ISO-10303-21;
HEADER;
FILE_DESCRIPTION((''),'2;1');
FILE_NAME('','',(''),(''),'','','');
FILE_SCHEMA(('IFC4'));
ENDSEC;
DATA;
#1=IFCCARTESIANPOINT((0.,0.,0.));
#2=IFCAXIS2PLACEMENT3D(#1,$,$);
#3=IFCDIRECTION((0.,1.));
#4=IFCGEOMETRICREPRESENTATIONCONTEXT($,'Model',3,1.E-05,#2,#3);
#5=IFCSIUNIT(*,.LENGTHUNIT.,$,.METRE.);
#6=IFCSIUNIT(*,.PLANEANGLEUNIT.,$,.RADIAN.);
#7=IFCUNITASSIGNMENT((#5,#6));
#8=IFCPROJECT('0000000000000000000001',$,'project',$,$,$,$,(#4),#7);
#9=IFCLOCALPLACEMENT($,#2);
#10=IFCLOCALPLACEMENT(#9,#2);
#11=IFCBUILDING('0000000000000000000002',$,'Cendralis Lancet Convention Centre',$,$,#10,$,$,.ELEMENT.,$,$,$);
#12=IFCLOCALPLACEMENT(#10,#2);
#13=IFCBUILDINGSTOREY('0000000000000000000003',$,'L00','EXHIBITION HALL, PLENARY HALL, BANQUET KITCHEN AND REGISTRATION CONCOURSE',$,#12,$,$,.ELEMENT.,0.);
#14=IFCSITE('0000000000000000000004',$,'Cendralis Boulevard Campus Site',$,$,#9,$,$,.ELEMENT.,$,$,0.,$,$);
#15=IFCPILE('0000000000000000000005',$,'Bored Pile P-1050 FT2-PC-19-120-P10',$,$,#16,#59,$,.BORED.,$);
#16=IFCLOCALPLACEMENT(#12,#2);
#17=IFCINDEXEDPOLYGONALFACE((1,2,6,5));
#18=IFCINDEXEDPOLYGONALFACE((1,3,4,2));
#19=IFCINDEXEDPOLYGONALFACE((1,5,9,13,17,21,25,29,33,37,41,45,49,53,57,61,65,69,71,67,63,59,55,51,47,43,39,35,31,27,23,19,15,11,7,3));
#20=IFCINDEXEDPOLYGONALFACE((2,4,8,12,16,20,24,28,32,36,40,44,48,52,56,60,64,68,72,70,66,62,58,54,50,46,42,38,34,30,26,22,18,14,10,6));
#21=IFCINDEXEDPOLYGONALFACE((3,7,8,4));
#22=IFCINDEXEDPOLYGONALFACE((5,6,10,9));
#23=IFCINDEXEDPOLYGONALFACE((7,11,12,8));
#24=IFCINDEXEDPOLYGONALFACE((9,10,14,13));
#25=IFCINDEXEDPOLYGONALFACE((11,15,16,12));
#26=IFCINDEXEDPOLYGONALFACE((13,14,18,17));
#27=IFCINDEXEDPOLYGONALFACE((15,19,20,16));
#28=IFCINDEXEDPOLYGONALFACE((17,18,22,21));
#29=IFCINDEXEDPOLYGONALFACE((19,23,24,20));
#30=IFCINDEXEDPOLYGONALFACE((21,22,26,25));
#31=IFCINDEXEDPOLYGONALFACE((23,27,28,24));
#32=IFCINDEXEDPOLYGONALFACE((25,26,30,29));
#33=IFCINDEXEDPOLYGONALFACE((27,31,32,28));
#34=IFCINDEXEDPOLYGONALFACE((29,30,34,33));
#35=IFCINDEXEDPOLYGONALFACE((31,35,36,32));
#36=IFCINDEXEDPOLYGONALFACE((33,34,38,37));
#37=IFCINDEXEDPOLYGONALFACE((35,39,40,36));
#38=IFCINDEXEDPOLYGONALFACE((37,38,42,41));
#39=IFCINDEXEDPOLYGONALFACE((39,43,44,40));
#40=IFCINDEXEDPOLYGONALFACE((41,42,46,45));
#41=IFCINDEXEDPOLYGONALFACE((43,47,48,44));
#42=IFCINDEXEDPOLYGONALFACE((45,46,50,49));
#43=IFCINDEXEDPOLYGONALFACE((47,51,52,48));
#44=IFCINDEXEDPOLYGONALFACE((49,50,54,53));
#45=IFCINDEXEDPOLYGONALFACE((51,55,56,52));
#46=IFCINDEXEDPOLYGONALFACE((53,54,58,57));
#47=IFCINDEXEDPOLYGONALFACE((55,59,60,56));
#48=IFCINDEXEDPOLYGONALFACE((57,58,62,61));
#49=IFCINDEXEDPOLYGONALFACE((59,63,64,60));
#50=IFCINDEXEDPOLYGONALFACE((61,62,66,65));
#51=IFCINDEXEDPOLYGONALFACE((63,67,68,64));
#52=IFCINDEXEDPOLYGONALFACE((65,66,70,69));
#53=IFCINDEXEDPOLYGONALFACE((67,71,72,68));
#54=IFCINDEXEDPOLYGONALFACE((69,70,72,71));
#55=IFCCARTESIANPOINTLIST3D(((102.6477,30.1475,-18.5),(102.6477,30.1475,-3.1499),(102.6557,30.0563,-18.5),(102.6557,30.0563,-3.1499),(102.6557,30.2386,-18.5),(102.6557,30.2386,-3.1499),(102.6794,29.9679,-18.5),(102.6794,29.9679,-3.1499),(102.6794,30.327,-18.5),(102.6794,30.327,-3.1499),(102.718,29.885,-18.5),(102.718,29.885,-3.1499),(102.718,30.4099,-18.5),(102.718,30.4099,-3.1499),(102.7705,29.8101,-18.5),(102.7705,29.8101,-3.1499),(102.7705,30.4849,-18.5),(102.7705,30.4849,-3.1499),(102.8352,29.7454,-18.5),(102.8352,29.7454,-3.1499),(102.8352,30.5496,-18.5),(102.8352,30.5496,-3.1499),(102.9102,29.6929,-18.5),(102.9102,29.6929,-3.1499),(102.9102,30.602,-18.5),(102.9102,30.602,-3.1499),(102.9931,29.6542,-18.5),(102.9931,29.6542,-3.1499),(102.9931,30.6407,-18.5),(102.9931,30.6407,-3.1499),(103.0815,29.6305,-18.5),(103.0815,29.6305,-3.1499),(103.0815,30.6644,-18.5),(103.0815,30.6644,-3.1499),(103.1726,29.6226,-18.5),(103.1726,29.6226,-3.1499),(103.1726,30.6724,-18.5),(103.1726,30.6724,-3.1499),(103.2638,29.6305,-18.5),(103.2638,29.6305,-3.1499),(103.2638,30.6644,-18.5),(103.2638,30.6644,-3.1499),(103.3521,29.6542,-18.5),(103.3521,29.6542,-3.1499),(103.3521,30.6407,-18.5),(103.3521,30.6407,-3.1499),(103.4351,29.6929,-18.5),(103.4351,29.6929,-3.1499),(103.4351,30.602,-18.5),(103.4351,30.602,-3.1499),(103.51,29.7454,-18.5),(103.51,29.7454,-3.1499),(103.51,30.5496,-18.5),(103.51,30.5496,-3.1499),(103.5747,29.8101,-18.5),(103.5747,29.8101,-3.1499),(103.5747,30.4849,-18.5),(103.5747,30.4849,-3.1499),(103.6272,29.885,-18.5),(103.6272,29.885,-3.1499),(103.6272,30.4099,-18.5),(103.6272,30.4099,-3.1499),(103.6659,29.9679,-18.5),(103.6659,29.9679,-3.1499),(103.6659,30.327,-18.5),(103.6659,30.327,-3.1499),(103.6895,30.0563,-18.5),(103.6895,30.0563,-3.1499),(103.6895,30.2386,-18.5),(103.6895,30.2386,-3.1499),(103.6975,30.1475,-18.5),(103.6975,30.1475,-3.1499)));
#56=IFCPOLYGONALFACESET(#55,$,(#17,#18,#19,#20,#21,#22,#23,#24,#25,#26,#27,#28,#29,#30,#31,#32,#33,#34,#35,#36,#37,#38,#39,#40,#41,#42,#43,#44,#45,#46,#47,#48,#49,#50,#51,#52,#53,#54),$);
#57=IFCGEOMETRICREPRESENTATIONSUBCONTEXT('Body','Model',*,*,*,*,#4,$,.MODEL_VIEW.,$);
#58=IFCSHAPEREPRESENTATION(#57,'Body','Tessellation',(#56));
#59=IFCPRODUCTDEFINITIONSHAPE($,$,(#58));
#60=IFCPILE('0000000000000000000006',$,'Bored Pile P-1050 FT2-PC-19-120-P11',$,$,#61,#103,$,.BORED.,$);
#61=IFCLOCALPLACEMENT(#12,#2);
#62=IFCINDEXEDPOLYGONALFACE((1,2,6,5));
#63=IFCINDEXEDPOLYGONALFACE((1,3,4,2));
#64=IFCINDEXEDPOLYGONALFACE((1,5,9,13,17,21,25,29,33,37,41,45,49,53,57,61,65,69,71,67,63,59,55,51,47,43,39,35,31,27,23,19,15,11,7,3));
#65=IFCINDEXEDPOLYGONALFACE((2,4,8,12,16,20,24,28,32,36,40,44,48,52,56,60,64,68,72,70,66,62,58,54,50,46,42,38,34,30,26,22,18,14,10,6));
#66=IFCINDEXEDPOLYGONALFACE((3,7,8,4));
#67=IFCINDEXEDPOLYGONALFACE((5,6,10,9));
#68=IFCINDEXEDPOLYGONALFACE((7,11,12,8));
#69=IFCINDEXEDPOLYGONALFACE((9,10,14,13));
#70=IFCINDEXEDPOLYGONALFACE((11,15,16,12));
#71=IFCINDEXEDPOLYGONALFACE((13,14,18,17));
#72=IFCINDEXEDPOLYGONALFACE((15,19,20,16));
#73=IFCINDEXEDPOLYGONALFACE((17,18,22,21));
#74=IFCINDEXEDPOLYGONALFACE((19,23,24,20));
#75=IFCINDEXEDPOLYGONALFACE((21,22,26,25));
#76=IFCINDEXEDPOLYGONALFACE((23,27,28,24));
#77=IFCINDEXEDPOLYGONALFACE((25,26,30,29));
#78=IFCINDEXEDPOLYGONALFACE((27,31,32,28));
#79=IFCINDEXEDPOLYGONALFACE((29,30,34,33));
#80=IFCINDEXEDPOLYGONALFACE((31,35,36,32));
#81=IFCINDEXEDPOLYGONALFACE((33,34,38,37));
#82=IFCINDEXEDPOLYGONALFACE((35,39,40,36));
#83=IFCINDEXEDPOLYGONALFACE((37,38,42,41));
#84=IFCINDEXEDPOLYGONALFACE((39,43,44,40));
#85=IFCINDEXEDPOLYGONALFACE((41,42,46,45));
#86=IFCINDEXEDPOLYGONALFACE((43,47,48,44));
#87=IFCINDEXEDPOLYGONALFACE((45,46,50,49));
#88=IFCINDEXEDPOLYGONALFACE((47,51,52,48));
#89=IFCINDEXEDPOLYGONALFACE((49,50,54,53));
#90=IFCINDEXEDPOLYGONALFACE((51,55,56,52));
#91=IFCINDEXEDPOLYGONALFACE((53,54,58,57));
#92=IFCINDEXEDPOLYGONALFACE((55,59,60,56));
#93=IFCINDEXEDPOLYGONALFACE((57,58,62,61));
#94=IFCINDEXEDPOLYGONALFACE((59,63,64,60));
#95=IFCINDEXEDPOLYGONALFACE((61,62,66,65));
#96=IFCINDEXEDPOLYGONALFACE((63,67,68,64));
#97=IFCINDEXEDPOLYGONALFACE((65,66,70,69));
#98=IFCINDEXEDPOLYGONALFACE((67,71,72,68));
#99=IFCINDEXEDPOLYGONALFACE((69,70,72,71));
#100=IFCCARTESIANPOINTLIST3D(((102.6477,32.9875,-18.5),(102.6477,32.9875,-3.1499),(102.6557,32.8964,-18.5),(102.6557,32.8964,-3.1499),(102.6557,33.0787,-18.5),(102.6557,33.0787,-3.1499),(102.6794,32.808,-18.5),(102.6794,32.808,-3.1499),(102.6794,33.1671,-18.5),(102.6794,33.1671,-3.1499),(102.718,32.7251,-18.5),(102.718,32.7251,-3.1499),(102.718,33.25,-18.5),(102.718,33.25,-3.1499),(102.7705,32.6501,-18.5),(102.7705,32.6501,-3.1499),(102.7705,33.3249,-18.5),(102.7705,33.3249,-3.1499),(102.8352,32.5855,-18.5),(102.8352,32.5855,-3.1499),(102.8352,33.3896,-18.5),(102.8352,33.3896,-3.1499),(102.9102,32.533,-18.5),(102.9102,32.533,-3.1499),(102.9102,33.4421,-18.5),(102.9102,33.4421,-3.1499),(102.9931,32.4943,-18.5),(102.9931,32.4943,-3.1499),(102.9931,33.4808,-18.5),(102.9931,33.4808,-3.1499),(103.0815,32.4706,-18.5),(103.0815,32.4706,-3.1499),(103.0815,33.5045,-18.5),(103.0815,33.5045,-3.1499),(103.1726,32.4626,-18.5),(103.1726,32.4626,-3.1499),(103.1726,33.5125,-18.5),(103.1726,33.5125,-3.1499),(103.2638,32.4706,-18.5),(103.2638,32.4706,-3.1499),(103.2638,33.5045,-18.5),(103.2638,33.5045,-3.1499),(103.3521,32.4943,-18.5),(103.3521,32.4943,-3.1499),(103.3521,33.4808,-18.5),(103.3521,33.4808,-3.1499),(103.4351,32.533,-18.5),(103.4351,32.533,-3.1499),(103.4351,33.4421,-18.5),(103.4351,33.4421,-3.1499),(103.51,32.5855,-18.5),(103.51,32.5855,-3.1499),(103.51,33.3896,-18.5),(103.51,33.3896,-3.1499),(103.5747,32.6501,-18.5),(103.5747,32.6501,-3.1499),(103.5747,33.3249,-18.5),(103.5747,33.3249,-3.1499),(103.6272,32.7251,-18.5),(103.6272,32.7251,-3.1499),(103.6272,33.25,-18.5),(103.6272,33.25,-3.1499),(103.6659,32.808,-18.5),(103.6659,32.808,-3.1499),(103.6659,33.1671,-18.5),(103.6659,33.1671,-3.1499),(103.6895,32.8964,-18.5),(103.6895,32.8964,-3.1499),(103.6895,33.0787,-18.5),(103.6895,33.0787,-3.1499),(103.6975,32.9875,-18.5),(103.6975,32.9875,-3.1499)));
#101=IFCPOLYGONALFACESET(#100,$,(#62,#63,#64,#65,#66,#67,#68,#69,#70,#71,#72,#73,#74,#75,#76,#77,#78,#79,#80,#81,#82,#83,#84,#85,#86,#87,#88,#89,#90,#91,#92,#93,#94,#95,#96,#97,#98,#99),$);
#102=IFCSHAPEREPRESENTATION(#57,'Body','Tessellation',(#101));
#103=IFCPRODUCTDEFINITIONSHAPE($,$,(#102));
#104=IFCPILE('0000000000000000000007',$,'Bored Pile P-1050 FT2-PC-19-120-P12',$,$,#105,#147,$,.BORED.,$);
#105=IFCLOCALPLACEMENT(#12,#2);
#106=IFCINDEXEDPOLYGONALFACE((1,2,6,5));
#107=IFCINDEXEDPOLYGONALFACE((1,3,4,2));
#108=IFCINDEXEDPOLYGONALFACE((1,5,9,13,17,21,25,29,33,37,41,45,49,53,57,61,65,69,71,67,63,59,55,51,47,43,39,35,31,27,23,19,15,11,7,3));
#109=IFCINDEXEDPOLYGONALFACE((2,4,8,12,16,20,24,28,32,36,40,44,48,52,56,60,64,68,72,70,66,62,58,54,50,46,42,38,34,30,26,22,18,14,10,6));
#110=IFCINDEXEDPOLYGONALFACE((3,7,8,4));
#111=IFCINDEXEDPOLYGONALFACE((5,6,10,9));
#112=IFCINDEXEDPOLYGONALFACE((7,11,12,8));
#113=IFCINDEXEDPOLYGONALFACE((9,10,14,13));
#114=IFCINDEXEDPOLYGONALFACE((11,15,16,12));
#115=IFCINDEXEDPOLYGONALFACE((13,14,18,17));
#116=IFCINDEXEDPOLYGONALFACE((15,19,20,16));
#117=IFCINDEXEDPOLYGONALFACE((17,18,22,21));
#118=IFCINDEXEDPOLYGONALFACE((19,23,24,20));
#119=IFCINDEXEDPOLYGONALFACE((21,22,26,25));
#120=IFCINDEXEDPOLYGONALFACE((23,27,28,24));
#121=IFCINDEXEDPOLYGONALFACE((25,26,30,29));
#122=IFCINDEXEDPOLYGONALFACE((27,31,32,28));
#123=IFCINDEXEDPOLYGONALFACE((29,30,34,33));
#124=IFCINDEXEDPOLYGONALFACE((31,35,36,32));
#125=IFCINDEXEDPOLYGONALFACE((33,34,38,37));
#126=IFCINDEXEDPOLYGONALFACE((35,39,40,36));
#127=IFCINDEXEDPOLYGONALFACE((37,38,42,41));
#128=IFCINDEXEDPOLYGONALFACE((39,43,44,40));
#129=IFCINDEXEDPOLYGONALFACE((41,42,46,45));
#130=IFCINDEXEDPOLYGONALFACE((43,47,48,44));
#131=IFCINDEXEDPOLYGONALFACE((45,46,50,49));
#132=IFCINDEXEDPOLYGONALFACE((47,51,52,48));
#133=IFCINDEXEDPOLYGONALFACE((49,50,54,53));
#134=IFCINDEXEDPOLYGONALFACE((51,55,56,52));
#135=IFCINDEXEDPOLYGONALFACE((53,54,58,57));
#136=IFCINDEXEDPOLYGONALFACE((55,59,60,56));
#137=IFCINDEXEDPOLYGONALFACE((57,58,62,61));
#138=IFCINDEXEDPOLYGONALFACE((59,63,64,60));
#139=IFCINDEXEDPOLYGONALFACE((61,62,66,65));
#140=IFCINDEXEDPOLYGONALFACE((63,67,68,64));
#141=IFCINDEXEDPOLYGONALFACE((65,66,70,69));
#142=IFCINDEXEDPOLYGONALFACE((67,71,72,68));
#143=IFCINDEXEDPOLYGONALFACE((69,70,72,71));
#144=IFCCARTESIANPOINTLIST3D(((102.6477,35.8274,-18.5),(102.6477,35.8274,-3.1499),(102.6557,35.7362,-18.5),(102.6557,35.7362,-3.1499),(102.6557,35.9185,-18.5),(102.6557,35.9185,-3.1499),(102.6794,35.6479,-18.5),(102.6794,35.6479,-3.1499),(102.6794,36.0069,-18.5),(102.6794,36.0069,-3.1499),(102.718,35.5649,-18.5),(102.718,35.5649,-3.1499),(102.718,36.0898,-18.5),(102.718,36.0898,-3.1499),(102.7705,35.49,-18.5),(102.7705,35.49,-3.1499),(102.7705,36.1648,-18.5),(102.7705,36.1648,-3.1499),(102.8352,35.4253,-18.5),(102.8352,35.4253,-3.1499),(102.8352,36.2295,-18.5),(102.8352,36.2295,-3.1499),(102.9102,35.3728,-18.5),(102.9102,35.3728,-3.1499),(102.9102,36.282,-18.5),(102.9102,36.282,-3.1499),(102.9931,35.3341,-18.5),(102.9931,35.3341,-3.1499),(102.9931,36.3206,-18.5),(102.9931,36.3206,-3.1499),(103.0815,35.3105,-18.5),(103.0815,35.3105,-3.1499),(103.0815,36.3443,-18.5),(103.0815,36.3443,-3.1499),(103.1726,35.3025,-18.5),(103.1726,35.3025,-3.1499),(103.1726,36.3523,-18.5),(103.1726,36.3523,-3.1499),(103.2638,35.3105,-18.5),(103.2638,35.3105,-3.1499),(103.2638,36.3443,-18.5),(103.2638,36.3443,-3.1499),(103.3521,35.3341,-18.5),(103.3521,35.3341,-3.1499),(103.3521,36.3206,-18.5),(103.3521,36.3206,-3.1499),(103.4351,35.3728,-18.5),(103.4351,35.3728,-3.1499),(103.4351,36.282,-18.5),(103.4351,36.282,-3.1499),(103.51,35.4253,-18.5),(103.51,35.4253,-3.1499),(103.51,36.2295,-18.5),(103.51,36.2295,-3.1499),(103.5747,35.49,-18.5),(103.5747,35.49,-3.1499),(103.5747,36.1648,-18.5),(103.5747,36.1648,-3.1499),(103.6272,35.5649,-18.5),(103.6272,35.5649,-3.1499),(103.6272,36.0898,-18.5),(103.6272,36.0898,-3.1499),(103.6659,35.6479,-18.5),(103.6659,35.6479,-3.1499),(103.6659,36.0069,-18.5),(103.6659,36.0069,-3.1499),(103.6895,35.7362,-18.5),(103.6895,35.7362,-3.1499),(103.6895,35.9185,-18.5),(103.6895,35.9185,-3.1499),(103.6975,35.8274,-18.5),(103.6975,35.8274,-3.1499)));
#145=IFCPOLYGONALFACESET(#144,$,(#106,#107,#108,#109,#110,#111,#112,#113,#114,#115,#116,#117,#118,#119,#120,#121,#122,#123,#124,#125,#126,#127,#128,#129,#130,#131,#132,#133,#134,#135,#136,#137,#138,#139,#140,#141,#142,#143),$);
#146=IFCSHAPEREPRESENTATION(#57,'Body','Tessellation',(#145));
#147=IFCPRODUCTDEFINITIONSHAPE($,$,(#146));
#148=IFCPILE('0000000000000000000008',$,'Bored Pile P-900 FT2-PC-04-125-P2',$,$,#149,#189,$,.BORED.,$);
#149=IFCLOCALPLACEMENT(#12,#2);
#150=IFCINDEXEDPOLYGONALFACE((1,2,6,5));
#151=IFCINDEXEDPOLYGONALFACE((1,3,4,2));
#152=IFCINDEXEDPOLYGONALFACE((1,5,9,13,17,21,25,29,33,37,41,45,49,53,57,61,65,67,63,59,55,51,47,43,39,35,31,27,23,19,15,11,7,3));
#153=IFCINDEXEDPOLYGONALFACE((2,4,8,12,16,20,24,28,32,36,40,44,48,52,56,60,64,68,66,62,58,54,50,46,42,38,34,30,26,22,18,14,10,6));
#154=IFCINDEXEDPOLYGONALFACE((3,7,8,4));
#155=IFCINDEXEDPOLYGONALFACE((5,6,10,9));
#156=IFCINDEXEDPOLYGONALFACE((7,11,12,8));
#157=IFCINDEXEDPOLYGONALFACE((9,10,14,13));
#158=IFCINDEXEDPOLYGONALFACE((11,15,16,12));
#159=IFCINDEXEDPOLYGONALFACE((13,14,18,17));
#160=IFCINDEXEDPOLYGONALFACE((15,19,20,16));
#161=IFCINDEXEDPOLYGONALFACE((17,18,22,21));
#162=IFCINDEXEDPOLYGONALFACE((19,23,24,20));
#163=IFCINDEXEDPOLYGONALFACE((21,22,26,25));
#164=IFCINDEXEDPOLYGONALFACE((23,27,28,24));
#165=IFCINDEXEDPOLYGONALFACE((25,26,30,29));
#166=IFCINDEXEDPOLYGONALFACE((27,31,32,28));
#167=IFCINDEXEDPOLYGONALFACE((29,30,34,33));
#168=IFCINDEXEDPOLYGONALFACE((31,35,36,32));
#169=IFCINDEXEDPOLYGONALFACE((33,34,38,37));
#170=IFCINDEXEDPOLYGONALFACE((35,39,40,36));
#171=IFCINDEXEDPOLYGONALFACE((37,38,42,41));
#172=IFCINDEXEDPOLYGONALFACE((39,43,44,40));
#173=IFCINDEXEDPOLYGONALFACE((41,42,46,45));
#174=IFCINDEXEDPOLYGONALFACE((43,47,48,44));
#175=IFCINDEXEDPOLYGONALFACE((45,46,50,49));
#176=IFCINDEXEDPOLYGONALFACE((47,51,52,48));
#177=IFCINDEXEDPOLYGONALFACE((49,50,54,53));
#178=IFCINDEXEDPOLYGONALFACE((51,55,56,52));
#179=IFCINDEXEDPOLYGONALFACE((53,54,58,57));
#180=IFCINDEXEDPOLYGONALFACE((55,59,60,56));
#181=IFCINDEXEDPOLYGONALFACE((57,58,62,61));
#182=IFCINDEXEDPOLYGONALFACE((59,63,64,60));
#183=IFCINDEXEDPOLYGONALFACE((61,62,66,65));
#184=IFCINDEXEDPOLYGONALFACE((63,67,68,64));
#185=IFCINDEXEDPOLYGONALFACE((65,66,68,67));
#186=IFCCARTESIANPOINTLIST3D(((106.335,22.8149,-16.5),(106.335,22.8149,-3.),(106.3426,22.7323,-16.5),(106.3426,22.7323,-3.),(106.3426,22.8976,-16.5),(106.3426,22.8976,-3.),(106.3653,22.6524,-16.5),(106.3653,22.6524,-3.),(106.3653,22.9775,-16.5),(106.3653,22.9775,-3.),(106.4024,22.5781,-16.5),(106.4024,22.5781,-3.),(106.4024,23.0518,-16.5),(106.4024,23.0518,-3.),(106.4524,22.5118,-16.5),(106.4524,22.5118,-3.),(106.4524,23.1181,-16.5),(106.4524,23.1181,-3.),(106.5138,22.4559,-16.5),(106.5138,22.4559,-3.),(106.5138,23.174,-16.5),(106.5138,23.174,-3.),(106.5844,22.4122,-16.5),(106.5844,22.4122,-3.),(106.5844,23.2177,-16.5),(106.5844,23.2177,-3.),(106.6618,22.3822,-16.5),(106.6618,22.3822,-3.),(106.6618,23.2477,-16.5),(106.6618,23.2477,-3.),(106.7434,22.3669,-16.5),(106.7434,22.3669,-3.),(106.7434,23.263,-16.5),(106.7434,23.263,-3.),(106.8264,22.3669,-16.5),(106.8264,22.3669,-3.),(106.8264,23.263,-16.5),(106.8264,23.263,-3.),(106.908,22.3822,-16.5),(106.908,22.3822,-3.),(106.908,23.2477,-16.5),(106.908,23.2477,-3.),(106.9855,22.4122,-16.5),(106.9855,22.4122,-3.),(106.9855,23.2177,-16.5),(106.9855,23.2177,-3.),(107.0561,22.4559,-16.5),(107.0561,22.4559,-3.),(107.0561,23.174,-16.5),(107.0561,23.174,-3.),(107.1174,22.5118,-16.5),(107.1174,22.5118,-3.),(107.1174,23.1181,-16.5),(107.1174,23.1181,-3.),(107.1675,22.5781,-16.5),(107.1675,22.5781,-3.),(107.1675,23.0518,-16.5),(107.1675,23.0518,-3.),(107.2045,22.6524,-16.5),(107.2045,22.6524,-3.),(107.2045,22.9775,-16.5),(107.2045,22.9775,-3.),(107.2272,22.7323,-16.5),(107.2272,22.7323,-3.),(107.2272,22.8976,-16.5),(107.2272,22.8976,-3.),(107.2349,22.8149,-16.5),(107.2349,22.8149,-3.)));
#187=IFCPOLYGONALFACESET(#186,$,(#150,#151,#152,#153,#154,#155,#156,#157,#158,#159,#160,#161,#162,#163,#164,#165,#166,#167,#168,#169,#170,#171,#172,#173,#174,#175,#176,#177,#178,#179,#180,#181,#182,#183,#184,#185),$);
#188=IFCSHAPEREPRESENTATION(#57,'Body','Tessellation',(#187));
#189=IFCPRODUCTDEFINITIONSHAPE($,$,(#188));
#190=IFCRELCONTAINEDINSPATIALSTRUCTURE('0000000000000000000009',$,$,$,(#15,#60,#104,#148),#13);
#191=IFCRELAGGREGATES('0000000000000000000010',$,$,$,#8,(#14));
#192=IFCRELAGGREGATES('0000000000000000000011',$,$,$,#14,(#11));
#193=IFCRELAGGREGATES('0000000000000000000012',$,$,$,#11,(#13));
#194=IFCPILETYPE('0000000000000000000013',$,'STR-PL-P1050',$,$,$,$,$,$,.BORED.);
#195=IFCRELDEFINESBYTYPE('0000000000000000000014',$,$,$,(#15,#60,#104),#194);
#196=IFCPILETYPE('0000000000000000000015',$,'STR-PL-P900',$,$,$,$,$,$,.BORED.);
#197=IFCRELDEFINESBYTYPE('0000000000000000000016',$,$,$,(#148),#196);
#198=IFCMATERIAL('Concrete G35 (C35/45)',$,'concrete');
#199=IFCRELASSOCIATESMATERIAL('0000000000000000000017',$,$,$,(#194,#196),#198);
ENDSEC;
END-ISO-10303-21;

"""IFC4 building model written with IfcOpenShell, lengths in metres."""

from ifc_helpers import new_model, si_unit, direction, frame, origin, origin_2d, place, context, subcontext, project, spatial, circle, extrude, material, material_profile, profile_set, type_object, element, save


model = new_model("IFC4")

# Units and contexts
model_context = context("Model", 3, precision=1e-05, world=origin(), true_north=direction((0.0, 1.0)))
body_context = subcontext(model_context, "Body", "Model", "MODEL_VIEW")
ifc_project = project(units=[si_unit("LENGTHUNIT", "METRE"), si_unit("PLANEANGLEUNIT", "RADIAN")], contexts=[model_context])

# Site, building, storey
site_placement = place(None, origin())
site = spatial("IfcSite", under=ifc_project, at=site_placement, Name="Cendralis Boulevard Campus Site", CompositionType="ELEMENT", RefElevation=0.0)
building_placement = place(site_placement, origin())
building = spatial("IfcBuilding", under=site, at=building_placement, Name="Cendralis Lancet Convention Centre", CompositionType="ELEMENT")
storey_placement = place(building_placement, origin())
storey = spatial("IfcBuildingStorey", under=building, at=storey_placement, Name="L00", Description="EXHIBITION HALL, PLENARY HALL, BANQUET KITCHEN AND REGISTRATION CONCOURSE", CompositionType="ELEMENT", Elevation=0.0)

# Shared definitions
ifc_material_1 = material(Name="Concrete G35 (C35/45)", Category="concrete")

# Piles
ifc_material_profile_1 = material_profile(ifc_material_1, circle(Radius=0.5249, at=origin_2d()), Name="BORED PILE D1050")
ifc_profile_set_1 = profile_set([ifc_material_profile_1], Name="Concrete G35 (C35/45)")
pile_type_1 = type_object("IfcPileType", Name="STR-PL-P1050", PredefinedType="BORED", material=ifc_profile_set_1)
for number, where, z_axis, x_axis, name in (
    (1, (103.1726, 30.1475, -3.1499), (0.0, 0.0, -1.0), (1.0, 0.0, 0.0), "Bored Pile P-1050 FT2-PC-19-120-P10"),
    (2, (103.1726, 32.9875, -3.1499), (0.0, 0.0, -1.0), (1.0, 0.0, 0.0), "Bored Pile P-1050 FT2-PC-19-120-P11"),
    (3, (103.1726, 35.8274, -3.1499), (0.0, 0.0, -1.0), (1.0, 0.0, 0.0), "Bored Pile P-1050 FT2-PC-19-120-P12"),
):
    element("IfcPile", number, at=place(storey_placement, frame(where, z_axis=z_axis, x_axis=x_axis)), inside=storey, type_object=pile_type_1, Name=name, PredefinedType="BORED", context=body_context, shape_type="SweptSolid", body=[
        extrude(circle(Radius=0.5249, at=origin_2d()), origin(), (0.0, 0.0, 1.0), 15.3501),
    ])
ifc_material_profile_2 = material_profile(ifc_material_1, circle(Radius=0.45, at=origin_2d()), Name="BORED PILE D900")
ifc_profile_set_2 = profile_set([ifc_material_profile_2], Name="Concrete G35 (C35/45)")
pile_type_2 = type_object("IfcPileType", Name="STR-PL-P900", PredefinedType="BORED", material=ifc_profile_set_2)
for number, where, z_axis, x_axis, name in (
    (4, (106.7849, 22.8149, -3.0), (0.0, 0.0, -1.0), (1.0, 0.0, 0.0), "Bored Pile P-900 FT2-PC-04-125-P2"),
):
    element("IfcPile", number, at=place(storey_placement, frame(where, z_axis=z_axis, x_axis=x_axis)), inside=storey, type_object=pile_type_2, Name=name, PredefinedType="BORED", context=body_context, shape_type="SweptSolid", body=[
        extrude(circle(Radius=0.45, at=origin_2d()), origin(), (0.0, 0.0, 1.0), 13.5),
    ])

save(model, "model.ifc")
